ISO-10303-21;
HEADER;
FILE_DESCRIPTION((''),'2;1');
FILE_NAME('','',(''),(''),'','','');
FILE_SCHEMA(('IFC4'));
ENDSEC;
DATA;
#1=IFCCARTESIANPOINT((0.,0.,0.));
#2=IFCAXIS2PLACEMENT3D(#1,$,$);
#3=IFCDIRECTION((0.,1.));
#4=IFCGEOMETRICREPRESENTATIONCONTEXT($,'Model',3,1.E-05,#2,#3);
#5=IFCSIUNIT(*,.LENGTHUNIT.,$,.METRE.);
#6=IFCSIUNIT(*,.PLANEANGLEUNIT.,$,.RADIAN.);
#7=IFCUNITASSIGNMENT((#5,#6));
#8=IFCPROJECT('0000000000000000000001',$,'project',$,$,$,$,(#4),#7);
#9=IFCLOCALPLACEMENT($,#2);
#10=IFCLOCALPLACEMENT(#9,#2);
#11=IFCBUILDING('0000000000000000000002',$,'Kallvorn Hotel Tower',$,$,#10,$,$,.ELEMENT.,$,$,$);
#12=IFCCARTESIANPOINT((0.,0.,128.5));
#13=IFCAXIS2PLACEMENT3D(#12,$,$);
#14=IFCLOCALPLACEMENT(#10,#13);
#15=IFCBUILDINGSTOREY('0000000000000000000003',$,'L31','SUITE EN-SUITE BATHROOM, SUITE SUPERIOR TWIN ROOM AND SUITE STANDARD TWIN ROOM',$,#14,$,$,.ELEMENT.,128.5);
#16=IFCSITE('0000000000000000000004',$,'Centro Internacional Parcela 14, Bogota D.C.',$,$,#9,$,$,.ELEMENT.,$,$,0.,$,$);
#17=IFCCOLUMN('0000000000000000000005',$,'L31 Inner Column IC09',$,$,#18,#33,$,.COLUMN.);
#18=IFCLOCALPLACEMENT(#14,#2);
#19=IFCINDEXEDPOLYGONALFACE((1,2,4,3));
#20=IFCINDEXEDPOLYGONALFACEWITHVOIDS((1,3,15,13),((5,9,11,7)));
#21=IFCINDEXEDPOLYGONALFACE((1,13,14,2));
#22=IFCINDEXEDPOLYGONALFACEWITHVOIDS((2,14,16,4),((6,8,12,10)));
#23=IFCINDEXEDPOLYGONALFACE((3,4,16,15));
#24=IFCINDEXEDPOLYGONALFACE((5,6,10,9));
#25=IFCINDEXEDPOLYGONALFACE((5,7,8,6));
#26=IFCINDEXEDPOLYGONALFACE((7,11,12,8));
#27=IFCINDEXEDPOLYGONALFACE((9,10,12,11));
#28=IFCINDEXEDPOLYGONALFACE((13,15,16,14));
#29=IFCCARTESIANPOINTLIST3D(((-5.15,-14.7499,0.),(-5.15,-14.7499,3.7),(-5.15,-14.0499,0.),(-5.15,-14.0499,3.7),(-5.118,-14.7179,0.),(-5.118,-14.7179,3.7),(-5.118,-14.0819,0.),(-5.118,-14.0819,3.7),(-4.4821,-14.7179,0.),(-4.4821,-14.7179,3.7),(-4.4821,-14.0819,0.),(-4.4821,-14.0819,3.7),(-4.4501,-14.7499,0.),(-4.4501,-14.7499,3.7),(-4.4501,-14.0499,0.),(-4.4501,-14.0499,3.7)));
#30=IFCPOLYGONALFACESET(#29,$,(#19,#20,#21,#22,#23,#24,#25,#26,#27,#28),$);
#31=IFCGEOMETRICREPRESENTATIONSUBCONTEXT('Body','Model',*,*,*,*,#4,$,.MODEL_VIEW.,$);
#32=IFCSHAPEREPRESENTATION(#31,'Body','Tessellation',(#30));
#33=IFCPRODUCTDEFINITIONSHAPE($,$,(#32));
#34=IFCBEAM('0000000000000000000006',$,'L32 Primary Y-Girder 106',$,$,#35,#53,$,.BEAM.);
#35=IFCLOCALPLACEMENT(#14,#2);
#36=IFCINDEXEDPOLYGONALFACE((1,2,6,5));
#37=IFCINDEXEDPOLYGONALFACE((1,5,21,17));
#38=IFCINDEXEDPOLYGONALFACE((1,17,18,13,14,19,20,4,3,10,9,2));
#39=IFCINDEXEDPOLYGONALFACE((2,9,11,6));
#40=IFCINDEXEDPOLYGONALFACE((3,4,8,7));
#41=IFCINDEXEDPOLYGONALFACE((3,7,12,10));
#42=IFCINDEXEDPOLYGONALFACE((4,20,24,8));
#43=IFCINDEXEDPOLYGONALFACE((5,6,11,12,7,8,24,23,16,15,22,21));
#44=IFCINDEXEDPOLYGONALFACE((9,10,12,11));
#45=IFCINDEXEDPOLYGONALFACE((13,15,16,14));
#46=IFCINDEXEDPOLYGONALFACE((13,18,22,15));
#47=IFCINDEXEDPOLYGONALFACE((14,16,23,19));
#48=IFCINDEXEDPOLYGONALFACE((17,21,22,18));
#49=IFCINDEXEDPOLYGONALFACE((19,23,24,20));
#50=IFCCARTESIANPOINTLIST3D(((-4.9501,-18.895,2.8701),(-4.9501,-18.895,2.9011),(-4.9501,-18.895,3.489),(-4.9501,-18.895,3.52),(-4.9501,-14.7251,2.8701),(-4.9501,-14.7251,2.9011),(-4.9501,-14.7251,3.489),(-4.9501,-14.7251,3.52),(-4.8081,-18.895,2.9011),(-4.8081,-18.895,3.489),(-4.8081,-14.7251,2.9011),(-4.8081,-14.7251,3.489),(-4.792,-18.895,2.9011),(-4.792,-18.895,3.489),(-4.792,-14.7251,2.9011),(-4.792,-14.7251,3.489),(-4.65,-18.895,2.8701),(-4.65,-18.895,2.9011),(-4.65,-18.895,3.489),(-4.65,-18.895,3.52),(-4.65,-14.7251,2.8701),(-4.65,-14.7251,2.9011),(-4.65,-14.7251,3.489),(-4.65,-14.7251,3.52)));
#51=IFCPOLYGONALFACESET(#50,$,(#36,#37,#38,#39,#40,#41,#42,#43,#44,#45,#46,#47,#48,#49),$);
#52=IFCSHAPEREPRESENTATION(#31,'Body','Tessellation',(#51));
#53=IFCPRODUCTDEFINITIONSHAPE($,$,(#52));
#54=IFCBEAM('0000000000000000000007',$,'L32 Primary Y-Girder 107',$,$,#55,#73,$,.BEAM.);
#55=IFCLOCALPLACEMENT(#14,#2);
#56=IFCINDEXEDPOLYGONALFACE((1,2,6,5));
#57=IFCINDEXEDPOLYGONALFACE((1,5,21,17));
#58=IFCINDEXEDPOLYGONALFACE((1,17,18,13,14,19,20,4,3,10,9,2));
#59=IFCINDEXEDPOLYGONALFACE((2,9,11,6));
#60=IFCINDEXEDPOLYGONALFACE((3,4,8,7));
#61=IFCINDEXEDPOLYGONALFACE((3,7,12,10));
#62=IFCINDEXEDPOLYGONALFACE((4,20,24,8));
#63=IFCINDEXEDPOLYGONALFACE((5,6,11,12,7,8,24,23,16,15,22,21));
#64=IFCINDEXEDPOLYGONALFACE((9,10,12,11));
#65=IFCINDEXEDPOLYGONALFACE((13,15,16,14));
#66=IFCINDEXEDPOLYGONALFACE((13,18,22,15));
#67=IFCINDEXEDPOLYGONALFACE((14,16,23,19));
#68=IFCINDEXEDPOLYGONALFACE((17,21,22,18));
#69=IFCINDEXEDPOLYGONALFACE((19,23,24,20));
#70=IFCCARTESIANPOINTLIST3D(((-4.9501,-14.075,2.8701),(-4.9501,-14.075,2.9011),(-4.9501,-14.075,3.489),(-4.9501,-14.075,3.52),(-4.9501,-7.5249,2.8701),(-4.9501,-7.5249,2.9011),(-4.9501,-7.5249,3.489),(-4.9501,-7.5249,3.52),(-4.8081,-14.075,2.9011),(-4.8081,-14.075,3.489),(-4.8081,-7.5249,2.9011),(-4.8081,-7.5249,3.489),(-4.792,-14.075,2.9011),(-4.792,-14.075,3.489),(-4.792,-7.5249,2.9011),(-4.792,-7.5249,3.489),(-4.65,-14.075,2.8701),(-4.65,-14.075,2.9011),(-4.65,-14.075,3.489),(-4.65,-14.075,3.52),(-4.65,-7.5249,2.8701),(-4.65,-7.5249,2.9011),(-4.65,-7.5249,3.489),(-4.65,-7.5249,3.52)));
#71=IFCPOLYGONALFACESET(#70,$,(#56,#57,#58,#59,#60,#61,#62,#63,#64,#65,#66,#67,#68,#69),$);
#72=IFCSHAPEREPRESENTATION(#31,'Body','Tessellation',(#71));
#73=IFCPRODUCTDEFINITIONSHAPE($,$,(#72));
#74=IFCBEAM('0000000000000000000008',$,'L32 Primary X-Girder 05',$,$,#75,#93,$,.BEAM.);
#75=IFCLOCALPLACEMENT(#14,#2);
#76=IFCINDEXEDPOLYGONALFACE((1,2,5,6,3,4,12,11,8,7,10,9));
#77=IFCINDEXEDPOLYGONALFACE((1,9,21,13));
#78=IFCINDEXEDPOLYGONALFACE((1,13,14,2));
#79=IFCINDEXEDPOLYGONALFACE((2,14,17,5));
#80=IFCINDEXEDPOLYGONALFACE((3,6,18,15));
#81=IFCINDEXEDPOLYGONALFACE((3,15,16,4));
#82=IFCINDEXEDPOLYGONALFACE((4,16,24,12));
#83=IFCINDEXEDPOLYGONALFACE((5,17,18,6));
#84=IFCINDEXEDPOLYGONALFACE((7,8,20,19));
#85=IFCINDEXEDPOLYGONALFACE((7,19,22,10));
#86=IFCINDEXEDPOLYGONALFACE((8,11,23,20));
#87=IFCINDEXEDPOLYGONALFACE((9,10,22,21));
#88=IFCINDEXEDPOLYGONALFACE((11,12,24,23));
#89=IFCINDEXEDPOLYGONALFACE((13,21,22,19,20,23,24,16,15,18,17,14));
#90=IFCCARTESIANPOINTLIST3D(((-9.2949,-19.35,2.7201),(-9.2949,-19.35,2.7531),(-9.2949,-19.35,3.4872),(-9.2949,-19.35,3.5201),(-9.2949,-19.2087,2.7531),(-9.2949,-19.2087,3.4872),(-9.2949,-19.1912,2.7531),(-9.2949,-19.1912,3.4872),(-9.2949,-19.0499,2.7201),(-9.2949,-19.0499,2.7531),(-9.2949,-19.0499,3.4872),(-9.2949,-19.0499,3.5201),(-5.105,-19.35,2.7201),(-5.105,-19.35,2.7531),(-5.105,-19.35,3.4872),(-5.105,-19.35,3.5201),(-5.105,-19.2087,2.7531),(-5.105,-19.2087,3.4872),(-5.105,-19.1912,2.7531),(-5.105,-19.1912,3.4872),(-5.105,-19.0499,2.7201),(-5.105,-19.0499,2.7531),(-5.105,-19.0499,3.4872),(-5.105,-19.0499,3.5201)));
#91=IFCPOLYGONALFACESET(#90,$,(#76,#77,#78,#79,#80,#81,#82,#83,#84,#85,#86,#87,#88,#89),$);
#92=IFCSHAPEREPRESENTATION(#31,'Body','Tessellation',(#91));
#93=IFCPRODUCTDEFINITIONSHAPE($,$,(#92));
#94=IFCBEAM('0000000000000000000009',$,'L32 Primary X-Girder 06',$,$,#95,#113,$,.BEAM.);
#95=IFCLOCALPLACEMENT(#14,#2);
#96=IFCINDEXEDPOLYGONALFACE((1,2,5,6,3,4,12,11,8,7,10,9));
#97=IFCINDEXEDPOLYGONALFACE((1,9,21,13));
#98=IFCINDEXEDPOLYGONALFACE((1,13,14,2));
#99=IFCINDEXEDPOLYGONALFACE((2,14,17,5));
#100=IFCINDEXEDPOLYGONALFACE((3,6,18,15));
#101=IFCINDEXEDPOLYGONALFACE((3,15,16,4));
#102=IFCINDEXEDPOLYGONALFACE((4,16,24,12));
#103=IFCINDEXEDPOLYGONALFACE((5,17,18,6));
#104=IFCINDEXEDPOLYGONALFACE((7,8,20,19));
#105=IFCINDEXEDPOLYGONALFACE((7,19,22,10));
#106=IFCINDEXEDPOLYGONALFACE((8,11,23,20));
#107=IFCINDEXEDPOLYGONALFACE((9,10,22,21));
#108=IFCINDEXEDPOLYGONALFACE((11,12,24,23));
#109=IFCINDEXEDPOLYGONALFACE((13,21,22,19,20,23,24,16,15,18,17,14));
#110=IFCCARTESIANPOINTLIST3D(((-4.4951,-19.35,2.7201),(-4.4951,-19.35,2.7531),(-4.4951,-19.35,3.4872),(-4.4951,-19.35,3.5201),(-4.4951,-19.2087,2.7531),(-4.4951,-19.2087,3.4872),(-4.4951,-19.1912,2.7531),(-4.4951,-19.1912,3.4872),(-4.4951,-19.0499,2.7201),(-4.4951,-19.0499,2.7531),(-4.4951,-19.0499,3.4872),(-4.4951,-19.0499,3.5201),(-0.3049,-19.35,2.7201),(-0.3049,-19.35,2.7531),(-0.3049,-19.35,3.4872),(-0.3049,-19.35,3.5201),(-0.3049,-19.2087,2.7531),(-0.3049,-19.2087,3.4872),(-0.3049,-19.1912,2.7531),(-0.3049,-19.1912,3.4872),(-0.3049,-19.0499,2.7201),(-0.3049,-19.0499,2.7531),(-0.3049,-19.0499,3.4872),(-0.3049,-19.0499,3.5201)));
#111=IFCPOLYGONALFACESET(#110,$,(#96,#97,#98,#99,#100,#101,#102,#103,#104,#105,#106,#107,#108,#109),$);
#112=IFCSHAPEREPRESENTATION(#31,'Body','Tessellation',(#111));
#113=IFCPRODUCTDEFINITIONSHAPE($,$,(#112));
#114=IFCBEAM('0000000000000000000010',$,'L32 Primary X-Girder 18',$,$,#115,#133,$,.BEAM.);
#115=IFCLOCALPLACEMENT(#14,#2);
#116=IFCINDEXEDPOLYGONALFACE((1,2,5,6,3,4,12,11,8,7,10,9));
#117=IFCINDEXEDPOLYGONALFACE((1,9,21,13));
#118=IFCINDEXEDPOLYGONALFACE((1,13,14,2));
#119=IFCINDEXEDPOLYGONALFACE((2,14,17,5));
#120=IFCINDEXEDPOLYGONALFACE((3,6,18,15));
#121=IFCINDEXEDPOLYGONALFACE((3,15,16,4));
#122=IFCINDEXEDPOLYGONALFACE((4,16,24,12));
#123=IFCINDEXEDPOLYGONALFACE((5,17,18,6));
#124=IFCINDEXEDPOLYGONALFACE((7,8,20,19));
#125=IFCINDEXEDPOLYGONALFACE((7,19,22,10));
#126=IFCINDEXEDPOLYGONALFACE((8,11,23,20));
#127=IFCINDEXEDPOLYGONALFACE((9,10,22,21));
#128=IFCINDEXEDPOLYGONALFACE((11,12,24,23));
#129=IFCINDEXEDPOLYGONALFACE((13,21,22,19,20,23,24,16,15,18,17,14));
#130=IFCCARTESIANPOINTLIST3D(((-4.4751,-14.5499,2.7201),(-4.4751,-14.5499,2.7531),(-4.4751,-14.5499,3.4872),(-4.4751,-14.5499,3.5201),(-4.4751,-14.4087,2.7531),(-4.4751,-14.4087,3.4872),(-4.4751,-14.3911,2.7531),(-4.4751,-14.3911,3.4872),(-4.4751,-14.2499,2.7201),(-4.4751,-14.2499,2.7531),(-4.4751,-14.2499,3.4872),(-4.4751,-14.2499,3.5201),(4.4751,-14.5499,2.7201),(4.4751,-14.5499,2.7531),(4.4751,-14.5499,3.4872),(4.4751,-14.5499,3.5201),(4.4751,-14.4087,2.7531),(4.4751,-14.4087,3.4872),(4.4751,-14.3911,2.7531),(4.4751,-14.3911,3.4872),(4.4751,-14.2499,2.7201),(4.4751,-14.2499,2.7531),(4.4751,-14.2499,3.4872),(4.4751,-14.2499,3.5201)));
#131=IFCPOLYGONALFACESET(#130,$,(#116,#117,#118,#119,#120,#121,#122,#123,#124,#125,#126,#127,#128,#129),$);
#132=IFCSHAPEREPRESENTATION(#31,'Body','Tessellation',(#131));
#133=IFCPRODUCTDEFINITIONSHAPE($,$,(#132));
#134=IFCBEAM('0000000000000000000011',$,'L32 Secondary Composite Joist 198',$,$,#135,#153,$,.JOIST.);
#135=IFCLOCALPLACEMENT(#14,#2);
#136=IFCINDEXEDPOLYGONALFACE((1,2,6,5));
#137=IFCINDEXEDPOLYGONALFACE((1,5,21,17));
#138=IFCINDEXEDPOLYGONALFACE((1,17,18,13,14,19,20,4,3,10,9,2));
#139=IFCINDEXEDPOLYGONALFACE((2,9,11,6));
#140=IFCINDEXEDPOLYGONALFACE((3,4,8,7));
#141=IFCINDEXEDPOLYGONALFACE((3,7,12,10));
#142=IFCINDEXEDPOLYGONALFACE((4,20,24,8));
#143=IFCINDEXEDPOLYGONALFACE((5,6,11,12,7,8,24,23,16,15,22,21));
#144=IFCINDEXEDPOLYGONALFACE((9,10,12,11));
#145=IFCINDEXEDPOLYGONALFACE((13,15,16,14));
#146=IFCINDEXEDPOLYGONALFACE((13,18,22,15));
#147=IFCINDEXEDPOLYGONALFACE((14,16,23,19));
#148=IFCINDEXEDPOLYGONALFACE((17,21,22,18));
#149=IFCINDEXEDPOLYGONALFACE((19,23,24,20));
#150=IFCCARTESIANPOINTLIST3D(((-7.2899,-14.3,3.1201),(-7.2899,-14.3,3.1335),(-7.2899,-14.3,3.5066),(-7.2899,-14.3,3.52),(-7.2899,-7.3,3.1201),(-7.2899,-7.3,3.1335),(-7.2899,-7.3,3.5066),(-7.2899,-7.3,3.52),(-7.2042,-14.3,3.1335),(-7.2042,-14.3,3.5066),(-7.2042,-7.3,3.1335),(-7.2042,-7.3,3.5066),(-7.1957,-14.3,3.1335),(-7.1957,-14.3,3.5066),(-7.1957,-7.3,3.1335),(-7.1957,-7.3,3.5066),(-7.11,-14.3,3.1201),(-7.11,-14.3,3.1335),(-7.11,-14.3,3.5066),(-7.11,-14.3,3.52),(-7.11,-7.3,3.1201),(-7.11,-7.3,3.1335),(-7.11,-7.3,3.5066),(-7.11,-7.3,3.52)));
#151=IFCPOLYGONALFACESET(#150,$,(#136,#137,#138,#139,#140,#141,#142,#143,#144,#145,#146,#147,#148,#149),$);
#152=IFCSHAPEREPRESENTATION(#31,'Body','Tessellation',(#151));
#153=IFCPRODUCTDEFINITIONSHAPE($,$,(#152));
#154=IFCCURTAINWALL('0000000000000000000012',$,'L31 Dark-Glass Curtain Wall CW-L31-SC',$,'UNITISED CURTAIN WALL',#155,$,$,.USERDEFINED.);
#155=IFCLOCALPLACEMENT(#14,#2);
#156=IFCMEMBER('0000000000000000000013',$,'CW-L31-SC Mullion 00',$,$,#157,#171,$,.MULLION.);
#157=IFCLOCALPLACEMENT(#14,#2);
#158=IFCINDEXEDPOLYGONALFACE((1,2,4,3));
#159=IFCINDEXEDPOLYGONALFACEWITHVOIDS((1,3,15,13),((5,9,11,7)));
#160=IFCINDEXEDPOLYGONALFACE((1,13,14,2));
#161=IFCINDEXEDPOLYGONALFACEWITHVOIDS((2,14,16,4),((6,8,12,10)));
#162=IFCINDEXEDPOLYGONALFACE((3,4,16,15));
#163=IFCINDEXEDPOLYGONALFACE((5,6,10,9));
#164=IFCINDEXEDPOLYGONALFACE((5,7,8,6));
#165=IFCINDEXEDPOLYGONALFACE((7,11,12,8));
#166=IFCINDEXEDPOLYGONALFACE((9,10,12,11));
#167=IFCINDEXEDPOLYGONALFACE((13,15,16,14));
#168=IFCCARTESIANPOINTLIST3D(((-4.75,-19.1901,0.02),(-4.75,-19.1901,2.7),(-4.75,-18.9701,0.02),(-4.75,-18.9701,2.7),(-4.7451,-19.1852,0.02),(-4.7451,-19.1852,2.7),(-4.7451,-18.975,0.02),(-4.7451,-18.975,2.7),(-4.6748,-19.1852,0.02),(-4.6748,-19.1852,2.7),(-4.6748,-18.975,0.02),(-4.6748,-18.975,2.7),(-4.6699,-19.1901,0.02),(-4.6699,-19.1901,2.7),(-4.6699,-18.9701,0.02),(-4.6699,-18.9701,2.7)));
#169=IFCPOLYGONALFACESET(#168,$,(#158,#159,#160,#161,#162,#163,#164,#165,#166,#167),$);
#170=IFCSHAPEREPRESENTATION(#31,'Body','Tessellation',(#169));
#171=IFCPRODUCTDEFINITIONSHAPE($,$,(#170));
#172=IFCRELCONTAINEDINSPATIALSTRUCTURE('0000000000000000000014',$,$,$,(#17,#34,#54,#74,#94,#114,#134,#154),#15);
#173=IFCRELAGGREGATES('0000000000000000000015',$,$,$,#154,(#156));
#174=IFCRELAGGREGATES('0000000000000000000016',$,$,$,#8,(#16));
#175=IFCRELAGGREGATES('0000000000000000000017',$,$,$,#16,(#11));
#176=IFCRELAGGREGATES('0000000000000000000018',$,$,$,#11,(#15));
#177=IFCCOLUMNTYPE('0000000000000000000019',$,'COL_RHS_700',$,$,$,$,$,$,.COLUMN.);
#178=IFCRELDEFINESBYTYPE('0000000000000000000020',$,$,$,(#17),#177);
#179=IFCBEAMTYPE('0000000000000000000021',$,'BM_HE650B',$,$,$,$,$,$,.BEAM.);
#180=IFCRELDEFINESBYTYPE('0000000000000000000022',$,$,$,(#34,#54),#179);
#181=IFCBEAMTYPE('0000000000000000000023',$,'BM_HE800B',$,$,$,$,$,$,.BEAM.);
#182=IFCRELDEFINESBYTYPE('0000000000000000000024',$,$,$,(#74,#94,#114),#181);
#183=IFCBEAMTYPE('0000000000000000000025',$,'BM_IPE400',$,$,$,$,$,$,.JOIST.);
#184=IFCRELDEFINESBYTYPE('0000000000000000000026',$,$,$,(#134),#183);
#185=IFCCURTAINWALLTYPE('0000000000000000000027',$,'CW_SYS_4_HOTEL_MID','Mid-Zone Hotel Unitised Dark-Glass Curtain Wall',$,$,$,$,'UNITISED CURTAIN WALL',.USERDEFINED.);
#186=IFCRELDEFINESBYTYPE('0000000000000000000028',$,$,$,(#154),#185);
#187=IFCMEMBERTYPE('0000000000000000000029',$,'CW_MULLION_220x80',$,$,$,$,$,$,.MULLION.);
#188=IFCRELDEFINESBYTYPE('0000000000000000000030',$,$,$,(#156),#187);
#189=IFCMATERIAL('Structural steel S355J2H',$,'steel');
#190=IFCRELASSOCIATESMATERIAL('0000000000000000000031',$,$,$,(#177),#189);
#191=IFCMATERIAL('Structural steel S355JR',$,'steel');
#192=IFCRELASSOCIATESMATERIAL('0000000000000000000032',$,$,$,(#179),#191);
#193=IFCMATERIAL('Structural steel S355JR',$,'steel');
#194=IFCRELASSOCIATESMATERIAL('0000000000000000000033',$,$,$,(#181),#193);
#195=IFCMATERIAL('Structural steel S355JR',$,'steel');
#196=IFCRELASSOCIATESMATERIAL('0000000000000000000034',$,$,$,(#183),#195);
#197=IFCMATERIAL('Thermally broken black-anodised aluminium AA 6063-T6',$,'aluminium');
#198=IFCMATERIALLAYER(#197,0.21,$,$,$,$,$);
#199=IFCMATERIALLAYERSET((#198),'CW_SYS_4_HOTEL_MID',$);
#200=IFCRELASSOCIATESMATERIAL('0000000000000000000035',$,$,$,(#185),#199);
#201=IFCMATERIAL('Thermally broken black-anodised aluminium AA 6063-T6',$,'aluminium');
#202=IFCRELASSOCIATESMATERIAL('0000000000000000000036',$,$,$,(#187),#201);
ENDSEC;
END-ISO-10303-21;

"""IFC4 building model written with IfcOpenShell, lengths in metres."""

from ifc_helpers import new_model, si_unit, direction, frame, origin, origin_2d, place, context, subcontext, project, spatial, hollow_rectangle, i_section, extrude, material, layer, layer_set, material_profile, profile_set, type_object, element, aggregate, save


model = new_model("IFC4")

# Units and contexts
model_context = context("Model", 3, precision=1e-05, world=origin(), true_north=direction((0.0, 1.0)))
body_context = subcontext(model_context, "Body", "Model", "MODEL_VIEW")
ifc_project = project(units=[si_unit("LENGTHUNIT", "METRE"), si_unit("PLANEANGLEUNIT", "RADIAN")], contexts=[model_context])

# Site, building, storey
site_placement = place(None, origin())
site = spatial("IfcSite", under=ifc_project, at=site_placement, Name="Centro Internacional Parcela 14, Bogota D.C.", CompositionType="ELEMENT", RefElevation=0.0)
building_placement = place(site_placement, origin())
building = spatial("IfcBuilding", under=site, at=building_placement, Name="Kallvorn Hotel Tower", CompositionType="ELEMENT")
storey_placement = place(building_placement, frame((0.0, 0.0, 128.5)))
storey = spatial("IfcBuildingStorey", under=building, at=storey_placement, Name="L31", Description="SUITE EN-SUITE BATHROOM, SUITE SUPERIOR TWIN ROOM AND SUITE STANDARD TWIN ROOM", CompositionType="ELEMENT", Elevation=128.5)

# Column
ifc_material_1 = material(Name="Structural steel S355J2H", Category="steel")
ifc_material_profile_1 = material_profile(ifc_material_1, hollow_rectangle(XDim=0.7, YDim=0.7, WallThickness=0.032, at=origin_2d()), Name="RHS 700x700x32")
ifc_profile_set_1 = profile_set([ifc_material_profile_1], Name="Structural steel S355J2H")
column_type_1 = type_object("IfcColumnType", Name="COL_RHS_700", PredefinedType="COLUMN", material=ifc_profile_set_1)
column_placement = place(storey_placement, frame((-4.8, -14.3999, 0.0), z_axis=(0.0, 0.0, 1.0), x_axis=(1.0, 0.0, 0.0)))
element("IfcColumn", 1, at=column_placement, inside=storey, type_object=column_type_1, Name="L31 Inner Column IC09", PredefinedType="COLUMN", context=body_context, shape_type="SweptSolid", body=[
    extrude(hollow_rectangle(XDim=0.7, YDim=0.7, WallThickness=0.032, at=origin_2d()), origin(), (0.0, 0.0, 1.0), 3.7),
])

# Beams
ifc_material_2 = material(Name="Structural steel S355JR", Category="steel")
ifc_material_profile_2 = material_profile(ifc_material_2, i_section(OverallWidth=0.3, OverallDepth=0.6499, WebThickness=0.0161, FlangeThickness=0.031, at=origin_2d()), Name="HE 650 B")
ifc_profile_set_2 = profile_set([ifc_material_profile_2], Name="Structural steel S355JR")
beam_type_1 = type_object("IfcBeamType", Name="BM_HE650B", PredefinedType="BEAM", material=ifc_profile_set_2)
beam_1_placement = place(storey_placement, frame((-4.8, -18.895, 3.1951), z_axis=(0.0, 1.0, 0.0), x_axis=(-1.0, 0.0, 0.0)))
element("IfcBeam", 2, at=beam_1_placement, inside=storey, type_object=beam_type_1, Name="L32 Primary Y-Girder 106", PredefinedType="BEAM", context=body_context, shape_type="SweptSolid", body=[
    extrude(i_section(OverallWidth=0.3, OverallDepth=0.6499, WebThickness=0.0161, FlangeThickness=0.031, at=origin_2d()), origin(), (0.0, 0.0, 1.0), 4.1699),
])
beam_2_placement = place(storey_placement, frame((-4.8, -14.075, 3.1951), z_axis=(0.0, 1.0, 0.0), x_axis=(-1.0, 0.0, 0.0)))
element("IfcBeam", 3, at=beam_2_placement, inside=storey, type_object=beam_type_1, Name="L32 Primary Y-Girder 107", PredefinedType="BEAM", context=body_context, shape_type="SweptSolid", body=[
    extrude(i_section(OverallWidth=0.3, OverallDepth=0.6499, WebThickness=0.0161, FlangeThickness=0.031, at=origin_2d()), origin(), (0.0, 0.0, 1.0), 6.55),
])
ifc_material_3 = material(Name="Structural steel S355JR", Category="steel")
ifc_material_profile_3 = material_profile(ifc_material_3, i_section(OverallWidth=0.3, OverallDepth=0.8, WebThickness=0.0176, FlangeThickness=0.033, at=origin_2d()), Name="HE 800 B")
ifc_profile_set_3 = profile_set([ifc_material_profile_3], Name="Structural steel S355JR")
beam_type_2 = type_object("IfcBeamType", Name="BM_HE800B", PredefinedType="BEAM", material=ifc_profile_set_3)
beam_3_placement = place(storey_placement, frame((-9.2949, -19.2, 3.1201), z_axis=(1.0, 0.0, 0.0), x_axis=(0.0, 1.0, 0.0)))
element("IfcBeam", 4, at=beam_3_placement, inside=storey, type_object=beam_type_2, Name="L32 Primary X-Girder 05", PredefinedType="BEAM", context=body_context, shape_type="SweptSolid", body=[
    extrude(i_section(OverallWidth=0.3, OverallDepth=0.8, WebThickness=0.0176, FlangeThickness=0.033, at=origin_2d()), origin(), (0.0, 0.0, 1.0), 4.1899),
])
beam_4_placement = place(storey_placement, frame((-4.4951, -19.2, 3.1201), z_axis=(1.0, 0.0, 0.0), x_axis=(0.0, 1.0, 0.0)))
element("IfcBeam", 5, at=beam_4_placement, inside=storey, type_object=beam_type_2, Name="L32 Primary X-Girder 06", PredefinedType="BEAM", context=body_context, shape_type="SweptSolid", body=[
    extrude(i_section(OverallWidth=0.3, OverallDepth=0.8, WebThickness=0.0176, FlangeThickness=0.033, at=origin_2d()), origin(), (0.0, 0.0, 1.0), 4.1902),
])
beam_5_placement = place(storey_placement, frame((-4.4751, -14.3999, 3.1201), z_axis=(1.0, 0.0, 0.0), x_axis=(0.0, 1.0, 0.0)))
element("IfcBeam", 6, at=beam_5_placement, inside=storey, type_object=beam_type_2, Name="L32 Primary X-Girder 18", PredefinedType="BEAM", context=body_context, shape_type="SweptSolid", body=[
    extrude(i_section(OverallWidth=0.3, OverallDepth=0.8, WebThickness=0.0176, FlangeThickness=0.033, at=origin_2d()), origin(), (0.0, 0.0, 1.0), 8.9502),
])
ifc_material_4 = material(Name="Structural steel S355JR", Category="steel")
ifc_material_profile_4 = material_profile(ifc_material_4, i_section(OverallWidth=0.1799, OverallDepth=0.3999, WebThickness=0.0085, FlangeThickness=0.0134, at=origin_2d()), Name="IPE 400")
ifc_profile_set_4 = profile_set([ifc_material_profile_4], Name="Structural steel S355JR")
beam_type_3 = type_object("IfcBeamType", Name="BM_IPE400", PredefinedType="JOIST", material=ifc_profile_set_4)
beam_6_placement = place(storey_placement, frame((-7.2, -14.3, 3.3201), z_axis=(0.0, 1.0, 0.0), x_axis=(-1.0, 0.0, 0.0)))
element("IfcBeam", 7, at=beam_6_placement, inside=storey, type_object=beam_type_3, Name="L32 Secondary Composite Joist 198", PredefinedType="JOIST", context=body_context, shape_type="SweptSolid", body=[
    extrude(i_section(OverallWidth=0.1799, OverallDepth=0.3999, WebThickness=0.0085, FlangeThickness=0.0134, at=origin_2d()), origin(), (0.0, 0.0, 1.0), 7.0),
])

# Curtain wall, member
ifc_material_5 = material(Name="Thermally broken black-anodised aluminium AA 6063-T6", Category="aluminium")
ifc_layer_1 = layer(ifc_material_5, 0.21)
ifc_layer_set_1 = layer_set([ifc_layer_1], Name="CW_SYS_4_HOTEL_MID")
curtain_wall_type = type_object("IfcCurtainWallType", Name="CW_SYS_4_HOTEL_MID", Description="Mid-Zone Hotel Unitised Dark-Glass Curtain Wall", ElementType="UNITISED CURTAIN WALL", PredefinedType="USERDEFINED", material=ifc_layer_set_1)
curtain_wall_placement = place(storey_placement, origin())
curtain_wall = element("IfcCurtainWall", 8, at=curtain_wall_placement, inside=storey, type_object=curtain_wall_type, Name="L31 Dark-Glass Curtain Wall CW-L31-SC", ObjectType="UNITISED CURTAIN WALL", PredefinedType="USERDEFINED")
ifc_material_6 = material(Name="Thermally broken black-anodised aluminium AA 6063-T6", Category="aluminium")
ifc_material_profile_5 = material_profile(ifc_material_6, hollow_rectangle(XDim=0.0801, YDim=0.22, WallThickness=0.0049, at=origin_2d()), Name="MUL 220x80")
ifc_profile_set_5 = profile_set([ifc_material_profile_5], Name="Thermally broken black-anodised aluminium AA 6063-T6")
member_type_1 = type_object("IfcMemberType", Name="CW_MULLION_220x80", PredefinedType="MULLION", material=ifc_profile_set_5)
member_1_placement = place(storey_placement, frame((-4.71, -19.0801, 0.02), z_axis=(0.0, 0.0, 1.0), x_axis=(1.0, 0.0, 0.0)))
member_1 = element("IfcMember", 9, at=member_1_placement, type_object=member_type_1, Name="CW-L31-SC Mullion 00", PredefinedType="MULLION", context=body_context, shape_type="SweptSolid", body=[
    extrude(hollow_rectangle(XDim=0.0801, YDim=0.22, WallThickness=0.0049, at=origin_2d()), origin(), (0.0, 0.0, 1.0), 2.6799),
])
aggregate(curtain_wall, [member_1])

save(model, "model.ifc")
